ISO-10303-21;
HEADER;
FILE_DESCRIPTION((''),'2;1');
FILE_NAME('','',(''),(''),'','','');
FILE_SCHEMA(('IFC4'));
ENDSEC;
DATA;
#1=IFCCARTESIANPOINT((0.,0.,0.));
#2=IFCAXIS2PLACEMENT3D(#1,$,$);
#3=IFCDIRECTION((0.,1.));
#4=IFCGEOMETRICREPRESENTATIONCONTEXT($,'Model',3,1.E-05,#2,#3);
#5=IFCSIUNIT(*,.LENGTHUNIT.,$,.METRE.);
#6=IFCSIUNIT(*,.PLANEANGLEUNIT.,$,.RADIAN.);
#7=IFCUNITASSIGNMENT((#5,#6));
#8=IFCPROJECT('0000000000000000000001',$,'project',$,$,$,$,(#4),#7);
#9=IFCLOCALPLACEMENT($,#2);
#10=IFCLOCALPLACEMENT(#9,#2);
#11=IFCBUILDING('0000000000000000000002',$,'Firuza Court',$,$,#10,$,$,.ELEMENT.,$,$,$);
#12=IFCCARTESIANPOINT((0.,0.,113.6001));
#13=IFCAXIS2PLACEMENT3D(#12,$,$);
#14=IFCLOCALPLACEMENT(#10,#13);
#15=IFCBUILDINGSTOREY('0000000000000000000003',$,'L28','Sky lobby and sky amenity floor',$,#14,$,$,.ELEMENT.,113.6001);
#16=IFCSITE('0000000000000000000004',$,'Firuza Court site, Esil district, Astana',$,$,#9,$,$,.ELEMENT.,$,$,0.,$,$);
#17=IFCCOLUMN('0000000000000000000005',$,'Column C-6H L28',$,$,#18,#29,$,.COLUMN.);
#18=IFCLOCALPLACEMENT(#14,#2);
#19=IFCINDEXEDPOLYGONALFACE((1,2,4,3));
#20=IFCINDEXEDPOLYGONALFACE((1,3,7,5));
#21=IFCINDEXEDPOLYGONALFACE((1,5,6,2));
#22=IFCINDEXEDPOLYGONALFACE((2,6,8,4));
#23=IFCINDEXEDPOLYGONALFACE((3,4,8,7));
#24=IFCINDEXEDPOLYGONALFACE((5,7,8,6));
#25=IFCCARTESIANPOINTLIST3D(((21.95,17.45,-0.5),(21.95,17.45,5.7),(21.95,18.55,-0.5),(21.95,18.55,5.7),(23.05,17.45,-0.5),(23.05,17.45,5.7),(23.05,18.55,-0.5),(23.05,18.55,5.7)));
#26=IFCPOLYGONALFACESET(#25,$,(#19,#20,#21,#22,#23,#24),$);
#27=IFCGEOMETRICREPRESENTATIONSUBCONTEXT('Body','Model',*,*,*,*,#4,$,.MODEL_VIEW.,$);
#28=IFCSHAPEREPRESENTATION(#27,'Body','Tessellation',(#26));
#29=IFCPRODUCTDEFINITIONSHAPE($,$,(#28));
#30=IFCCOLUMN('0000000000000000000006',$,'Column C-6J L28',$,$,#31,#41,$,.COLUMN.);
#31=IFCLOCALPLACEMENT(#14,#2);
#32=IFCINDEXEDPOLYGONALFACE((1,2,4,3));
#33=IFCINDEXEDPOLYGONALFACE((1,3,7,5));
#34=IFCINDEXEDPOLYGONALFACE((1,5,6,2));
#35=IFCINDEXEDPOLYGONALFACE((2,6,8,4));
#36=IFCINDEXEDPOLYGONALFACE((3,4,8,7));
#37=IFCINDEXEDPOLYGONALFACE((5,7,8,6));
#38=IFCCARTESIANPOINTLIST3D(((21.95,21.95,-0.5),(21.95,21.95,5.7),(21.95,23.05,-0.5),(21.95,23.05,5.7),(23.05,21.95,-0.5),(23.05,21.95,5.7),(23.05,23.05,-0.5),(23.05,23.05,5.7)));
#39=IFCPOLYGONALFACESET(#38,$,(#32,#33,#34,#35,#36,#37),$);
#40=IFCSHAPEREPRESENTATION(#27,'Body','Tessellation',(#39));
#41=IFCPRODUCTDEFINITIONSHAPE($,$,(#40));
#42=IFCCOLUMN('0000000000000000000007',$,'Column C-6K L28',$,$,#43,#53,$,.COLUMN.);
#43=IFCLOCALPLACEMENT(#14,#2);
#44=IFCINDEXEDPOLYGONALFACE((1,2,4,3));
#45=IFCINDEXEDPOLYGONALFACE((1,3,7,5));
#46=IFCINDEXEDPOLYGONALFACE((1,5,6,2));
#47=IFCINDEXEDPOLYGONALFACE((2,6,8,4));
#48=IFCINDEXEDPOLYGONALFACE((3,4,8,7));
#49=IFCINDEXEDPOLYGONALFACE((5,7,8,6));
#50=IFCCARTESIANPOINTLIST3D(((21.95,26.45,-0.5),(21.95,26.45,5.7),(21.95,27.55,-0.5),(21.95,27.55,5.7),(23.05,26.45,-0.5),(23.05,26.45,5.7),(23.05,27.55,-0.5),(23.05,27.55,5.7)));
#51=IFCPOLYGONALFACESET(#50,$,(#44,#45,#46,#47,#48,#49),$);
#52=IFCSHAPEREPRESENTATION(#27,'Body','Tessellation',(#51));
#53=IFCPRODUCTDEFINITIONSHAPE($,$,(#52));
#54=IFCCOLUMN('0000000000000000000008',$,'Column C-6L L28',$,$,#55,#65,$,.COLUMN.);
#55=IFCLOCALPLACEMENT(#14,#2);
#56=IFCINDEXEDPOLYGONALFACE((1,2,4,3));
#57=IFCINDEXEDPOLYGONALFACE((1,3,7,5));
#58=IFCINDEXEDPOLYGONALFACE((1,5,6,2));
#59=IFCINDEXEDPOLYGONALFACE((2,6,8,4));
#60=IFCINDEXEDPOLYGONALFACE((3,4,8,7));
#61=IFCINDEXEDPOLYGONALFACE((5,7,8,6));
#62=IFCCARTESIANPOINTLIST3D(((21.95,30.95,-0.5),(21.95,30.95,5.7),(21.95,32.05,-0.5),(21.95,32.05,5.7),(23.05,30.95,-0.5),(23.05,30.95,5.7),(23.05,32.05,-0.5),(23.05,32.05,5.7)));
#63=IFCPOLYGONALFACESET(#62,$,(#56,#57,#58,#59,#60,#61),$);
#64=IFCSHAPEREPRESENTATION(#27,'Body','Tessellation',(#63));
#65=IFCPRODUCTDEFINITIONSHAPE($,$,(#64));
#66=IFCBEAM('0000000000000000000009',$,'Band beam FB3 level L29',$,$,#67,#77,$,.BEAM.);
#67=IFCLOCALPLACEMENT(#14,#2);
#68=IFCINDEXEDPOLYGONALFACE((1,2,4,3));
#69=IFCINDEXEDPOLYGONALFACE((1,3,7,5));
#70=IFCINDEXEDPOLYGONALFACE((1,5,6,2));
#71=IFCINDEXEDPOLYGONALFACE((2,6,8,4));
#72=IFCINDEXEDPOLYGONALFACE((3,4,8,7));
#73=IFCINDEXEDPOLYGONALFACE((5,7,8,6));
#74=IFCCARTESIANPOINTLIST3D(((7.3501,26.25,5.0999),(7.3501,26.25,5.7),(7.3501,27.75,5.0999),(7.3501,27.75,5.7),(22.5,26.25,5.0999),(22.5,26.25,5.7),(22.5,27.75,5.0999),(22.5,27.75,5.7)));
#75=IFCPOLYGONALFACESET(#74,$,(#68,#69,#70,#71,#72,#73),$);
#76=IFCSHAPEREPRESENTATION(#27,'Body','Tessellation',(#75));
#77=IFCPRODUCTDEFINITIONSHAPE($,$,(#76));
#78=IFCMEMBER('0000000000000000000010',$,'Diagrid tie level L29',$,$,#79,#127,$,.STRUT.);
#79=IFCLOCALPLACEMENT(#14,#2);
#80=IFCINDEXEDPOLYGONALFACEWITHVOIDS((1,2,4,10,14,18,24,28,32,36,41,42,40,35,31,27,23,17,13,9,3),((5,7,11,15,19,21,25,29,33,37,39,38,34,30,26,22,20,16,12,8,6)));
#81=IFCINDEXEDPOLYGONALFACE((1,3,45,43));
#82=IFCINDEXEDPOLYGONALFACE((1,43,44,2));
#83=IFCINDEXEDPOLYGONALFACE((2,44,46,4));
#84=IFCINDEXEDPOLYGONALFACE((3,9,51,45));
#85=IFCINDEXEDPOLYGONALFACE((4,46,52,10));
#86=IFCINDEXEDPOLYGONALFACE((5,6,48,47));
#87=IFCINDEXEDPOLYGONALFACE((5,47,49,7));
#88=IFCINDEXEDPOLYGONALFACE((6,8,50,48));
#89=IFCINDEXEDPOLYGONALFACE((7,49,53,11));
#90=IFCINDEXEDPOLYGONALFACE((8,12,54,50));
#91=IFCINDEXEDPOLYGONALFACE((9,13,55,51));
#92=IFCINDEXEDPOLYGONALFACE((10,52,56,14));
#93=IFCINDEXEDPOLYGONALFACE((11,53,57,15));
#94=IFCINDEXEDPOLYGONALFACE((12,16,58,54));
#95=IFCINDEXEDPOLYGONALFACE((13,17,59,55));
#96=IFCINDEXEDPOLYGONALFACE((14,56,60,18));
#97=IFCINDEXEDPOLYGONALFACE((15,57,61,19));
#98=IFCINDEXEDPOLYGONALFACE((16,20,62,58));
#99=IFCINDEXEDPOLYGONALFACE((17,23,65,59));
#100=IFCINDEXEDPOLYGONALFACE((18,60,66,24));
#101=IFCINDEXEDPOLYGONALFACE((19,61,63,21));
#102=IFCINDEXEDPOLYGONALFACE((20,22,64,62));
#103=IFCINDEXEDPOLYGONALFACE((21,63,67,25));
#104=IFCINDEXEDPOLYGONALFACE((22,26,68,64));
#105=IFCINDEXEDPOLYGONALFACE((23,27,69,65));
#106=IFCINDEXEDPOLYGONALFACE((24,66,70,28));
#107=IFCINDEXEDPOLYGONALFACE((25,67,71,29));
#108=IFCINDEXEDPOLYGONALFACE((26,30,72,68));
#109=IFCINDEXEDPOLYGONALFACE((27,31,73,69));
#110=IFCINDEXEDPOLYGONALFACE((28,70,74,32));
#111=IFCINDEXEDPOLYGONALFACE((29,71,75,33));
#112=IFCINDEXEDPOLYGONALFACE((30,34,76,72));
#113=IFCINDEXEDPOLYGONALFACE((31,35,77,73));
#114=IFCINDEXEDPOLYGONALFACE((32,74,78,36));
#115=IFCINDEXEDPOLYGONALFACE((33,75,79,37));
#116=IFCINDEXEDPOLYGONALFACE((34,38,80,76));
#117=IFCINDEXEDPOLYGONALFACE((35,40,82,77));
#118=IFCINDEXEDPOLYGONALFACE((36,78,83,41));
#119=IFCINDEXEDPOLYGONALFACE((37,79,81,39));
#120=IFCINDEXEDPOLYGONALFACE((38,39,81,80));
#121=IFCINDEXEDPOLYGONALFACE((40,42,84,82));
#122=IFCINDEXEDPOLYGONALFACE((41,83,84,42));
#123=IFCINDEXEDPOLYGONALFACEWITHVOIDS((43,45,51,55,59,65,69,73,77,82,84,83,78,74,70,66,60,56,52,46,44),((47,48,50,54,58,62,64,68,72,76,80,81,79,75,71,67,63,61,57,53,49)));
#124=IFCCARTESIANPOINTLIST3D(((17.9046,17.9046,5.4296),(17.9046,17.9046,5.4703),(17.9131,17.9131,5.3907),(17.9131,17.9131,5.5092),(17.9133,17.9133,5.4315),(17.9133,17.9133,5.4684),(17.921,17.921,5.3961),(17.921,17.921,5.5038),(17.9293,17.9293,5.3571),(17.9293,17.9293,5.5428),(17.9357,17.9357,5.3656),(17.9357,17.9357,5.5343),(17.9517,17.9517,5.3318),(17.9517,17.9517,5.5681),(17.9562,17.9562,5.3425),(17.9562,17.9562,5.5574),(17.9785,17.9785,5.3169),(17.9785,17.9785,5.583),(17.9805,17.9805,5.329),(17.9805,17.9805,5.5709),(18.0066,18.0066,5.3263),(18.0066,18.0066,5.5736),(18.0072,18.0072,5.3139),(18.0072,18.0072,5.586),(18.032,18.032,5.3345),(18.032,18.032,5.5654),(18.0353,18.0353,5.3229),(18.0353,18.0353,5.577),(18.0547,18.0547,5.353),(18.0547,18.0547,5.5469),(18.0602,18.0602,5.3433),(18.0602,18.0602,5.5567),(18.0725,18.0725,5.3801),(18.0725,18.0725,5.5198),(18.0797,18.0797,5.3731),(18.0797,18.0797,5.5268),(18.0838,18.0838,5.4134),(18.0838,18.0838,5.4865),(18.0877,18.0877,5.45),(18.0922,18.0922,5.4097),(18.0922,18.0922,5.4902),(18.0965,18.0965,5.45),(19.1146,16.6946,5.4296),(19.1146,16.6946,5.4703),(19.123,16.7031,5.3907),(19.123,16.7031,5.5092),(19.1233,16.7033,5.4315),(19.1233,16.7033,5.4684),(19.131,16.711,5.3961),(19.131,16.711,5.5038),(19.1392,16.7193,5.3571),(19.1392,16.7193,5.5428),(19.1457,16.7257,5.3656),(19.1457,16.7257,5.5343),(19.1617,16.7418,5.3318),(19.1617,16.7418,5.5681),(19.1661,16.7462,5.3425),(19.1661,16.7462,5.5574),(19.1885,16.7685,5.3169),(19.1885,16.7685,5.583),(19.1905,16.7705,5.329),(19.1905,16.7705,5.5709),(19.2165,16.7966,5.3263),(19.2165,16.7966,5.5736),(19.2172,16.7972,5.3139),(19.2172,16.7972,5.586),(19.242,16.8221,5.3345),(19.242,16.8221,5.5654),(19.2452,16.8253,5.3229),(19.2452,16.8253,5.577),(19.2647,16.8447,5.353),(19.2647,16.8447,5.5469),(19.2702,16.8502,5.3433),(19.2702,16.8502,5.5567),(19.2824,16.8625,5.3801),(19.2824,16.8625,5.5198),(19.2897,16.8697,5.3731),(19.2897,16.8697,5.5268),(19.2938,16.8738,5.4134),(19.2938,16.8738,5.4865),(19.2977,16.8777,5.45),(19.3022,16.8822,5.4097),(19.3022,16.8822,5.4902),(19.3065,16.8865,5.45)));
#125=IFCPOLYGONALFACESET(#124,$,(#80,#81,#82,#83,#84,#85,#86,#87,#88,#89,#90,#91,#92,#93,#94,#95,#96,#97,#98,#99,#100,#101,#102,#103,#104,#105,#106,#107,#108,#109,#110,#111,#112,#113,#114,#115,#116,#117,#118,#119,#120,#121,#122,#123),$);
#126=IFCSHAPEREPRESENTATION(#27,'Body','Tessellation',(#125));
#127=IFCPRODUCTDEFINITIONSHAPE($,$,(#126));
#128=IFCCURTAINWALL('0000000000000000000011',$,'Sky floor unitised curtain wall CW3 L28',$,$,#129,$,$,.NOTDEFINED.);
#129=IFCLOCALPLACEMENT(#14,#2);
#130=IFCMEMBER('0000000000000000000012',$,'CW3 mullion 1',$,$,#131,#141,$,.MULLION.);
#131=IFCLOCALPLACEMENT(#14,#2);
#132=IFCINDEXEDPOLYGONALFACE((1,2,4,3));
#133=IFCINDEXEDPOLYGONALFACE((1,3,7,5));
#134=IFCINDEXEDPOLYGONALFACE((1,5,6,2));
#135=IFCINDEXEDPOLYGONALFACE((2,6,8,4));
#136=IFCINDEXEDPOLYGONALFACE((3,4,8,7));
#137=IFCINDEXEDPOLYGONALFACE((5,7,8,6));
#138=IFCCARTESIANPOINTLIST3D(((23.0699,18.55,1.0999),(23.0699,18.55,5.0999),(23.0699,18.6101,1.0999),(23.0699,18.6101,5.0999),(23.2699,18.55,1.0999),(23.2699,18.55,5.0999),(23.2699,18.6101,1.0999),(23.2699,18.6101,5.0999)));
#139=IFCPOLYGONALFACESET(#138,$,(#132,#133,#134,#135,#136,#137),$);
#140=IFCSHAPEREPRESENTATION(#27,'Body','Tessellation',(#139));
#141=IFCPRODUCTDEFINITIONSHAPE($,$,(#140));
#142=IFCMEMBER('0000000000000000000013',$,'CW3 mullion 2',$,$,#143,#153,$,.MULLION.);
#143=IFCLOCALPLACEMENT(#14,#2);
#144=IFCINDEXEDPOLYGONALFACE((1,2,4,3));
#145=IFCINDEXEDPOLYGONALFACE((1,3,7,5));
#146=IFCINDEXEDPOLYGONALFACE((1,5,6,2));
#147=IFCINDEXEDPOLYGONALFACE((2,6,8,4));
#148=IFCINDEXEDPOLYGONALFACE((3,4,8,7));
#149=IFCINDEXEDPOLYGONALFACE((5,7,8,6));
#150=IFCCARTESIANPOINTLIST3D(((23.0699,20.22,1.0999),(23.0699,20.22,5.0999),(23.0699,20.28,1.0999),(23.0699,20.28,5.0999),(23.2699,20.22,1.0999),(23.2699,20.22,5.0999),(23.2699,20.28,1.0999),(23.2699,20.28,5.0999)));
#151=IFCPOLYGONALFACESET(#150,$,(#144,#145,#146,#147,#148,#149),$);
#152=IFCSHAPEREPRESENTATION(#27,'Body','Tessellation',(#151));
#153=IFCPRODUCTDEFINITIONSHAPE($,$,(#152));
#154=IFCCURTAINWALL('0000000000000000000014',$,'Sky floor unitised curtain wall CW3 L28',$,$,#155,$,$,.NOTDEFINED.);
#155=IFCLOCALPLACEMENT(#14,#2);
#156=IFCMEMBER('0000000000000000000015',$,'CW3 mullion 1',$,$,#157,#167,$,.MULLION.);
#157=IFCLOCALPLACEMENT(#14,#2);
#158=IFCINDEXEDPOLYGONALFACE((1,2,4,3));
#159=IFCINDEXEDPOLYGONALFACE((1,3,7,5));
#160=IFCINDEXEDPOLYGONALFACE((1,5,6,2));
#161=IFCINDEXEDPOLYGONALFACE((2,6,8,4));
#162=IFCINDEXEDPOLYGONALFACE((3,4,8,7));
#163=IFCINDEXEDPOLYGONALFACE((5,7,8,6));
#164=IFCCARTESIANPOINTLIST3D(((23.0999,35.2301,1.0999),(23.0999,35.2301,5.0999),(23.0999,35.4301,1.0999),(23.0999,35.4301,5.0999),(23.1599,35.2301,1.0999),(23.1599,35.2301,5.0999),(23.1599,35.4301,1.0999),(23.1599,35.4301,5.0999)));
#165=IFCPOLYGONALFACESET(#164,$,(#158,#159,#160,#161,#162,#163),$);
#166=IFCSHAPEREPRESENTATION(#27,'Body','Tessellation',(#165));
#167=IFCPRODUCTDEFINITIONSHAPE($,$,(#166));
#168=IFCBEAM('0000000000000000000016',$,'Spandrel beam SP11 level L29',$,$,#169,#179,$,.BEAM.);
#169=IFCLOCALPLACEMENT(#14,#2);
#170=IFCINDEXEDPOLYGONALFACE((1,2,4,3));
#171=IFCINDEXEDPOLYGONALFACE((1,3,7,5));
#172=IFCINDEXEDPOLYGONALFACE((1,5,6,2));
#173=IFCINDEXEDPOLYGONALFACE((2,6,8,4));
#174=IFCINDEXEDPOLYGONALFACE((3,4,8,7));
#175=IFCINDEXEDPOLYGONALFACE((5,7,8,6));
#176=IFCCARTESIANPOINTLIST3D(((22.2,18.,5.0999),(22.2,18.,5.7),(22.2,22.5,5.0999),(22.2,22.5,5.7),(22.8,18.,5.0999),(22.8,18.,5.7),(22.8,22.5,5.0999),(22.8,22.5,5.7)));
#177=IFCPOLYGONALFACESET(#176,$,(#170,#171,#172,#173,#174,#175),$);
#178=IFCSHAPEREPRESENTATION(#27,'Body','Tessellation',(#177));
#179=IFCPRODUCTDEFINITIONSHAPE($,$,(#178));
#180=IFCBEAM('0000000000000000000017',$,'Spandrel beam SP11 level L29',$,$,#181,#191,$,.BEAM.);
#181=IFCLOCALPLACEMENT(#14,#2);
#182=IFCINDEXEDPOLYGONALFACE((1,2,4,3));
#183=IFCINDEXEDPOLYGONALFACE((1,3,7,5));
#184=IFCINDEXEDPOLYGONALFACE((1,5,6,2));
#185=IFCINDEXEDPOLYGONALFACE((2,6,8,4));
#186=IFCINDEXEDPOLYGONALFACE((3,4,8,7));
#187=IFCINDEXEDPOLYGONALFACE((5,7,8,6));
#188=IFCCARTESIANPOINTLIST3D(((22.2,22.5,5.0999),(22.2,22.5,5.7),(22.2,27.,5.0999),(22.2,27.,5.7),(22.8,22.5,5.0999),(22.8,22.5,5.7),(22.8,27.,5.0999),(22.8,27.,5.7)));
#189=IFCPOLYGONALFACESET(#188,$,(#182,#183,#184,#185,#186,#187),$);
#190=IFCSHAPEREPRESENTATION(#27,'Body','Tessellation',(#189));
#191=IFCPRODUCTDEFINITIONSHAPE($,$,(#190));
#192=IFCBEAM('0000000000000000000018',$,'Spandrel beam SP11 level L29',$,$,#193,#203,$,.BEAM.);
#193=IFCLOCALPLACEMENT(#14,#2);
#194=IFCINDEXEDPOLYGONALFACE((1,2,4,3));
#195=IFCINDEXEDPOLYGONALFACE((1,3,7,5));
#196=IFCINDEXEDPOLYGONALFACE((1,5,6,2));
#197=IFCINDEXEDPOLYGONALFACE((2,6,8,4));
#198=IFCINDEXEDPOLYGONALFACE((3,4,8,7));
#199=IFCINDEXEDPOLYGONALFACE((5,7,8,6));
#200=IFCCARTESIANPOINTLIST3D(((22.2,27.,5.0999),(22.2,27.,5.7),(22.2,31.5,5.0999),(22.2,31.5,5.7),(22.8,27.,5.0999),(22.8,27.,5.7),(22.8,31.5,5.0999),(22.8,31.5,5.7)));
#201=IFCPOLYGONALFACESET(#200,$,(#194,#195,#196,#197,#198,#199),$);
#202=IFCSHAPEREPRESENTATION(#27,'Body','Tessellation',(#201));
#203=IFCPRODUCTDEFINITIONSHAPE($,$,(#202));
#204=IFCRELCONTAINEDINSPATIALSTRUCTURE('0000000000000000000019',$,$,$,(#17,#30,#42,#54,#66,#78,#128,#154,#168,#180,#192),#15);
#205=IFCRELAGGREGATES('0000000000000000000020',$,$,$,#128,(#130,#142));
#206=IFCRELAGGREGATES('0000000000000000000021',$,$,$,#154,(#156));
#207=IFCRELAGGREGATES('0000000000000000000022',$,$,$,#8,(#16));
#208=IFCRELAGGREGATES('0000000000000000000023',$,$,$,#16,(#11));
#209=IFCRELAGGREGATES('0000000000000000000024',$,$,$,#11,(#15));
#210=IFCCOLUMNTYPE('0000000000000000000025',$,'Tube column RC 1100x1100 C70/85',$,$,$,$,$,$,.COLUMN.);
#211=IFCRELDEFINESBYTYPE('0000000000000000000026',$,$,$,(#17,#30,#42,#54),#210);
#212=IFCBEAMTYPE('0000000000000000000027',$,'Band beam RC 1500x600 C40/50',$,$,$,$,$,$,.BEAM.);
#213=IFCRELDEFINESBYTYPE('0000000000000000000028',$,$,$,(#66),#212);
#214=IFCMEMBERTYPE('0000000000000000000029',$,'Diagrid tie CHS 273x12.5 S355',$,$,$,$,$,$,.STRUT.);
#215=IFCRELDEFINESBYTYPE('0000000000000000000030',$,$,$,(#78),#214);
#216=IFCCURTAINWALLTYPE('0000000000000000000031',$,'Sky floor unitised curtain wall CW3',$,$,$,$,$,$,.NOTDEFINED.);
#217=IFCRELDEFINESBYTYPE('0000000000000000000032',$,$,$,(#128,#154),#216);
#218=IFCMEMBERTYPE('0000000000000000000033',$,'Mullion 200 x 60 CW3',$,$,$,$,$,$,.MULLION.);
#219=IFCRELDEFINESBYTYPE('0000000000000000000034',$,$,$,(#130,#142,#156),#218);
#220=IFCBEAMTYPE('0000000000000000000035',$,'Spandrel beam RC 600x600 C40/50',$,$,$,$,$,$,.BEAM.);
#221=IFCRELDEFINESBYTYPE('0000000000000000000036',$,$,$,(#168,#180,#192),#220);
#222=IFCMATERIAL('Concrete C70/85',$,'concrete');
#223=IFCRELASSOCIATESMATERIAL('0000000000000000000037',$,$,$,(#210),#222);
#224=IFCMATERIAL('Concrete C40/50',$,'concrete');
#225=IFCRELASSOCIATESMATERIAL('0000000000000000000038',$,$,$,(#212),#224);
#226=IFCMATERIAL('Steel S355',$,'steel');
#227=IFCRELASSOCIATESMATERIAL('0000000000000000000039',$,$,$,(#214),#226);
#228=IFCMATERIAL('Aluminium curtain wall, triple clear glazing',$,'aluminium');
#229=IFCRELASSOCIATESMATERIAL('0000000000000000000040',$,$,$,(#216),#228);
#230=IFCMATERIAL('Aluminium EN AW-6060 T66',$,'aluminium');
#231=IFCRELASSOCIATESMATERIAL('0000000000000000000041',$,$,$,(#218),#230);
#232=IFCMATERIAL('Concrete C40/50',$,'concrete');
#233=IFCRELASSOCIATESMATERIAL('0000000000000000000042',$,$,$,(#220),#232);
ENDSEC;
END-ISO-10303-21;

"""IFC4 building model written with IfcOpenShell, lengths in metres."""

from ifc_helpers import new_model, si_unit, direction, frame, origin, origin_2d, place, context, subcontext, project, spatial, rectangle, hollow_circle, extrude, material, material_profile, profile_set, type_object, element, aggregate, save


model = new_model("IFC4")

# Units and contexts
model_context = context("Model", 3, precision=1e-05, world=origin(), true_north=direction((0.0, 1.0)))
body_context = subcontext(model_context, "Body", "Model", "MODEL_VIEW")
ifc_project = project(units=[si_unit("LENGTHUNIT", "METRE"), si_unit("PLANEANGLEUNIT", "RADIAN")], contexts=[model_context])

# Site, building, storey
site_placement = place(None, origin())
site = spatial("IfcSite", under=ifc_project, at=site_placement, Name="Firuza Court site, Esil district, Astana", CompositionType="ELEMENT", RefElevation=0.0)
building_placement = place(site_placement, origin())
building = spatial("IfcBuilding", under=site, at=building_placement, Name="Firuza Court", CompositionType="ELEMENT")
storey_placement = place(building_placement, frame((0.0, 0.0, 113.6001)))
storey = spatial("IfcBuildingStorey", under=building, at=storey_placement, Name="L28", Description="Sky lobby and sky amenity floor", CompositionType="ELEMENT", Elevation=113.6001)

# Columns
ifc_material_1 = material(Name="Concrete C70/85", Category="concrete")
ifc_material_profile_1 = material_profile(ifc_material_1, rectangle(XDim=1.1001, YDim=1.1001, at=origin_2d()), Name="RC 1100x1100")
ifc_profile_set_1 = profile_set([ifc_material_profile_1], Name="Concrete C70/85")
column_type = type_object("IfcColumnType", Name="Tube column RC 1100x1100 C70/85", PredefinedType="COLUMN", material=ifc_profile_set_1)
for number, where, z_axis, x_axis, name in (
    (1, (22.5, 18.0, -0.5), (0.0, 0.0, 1.0), (1.0, 0.0, 0.0), "Column C-6H L28"),
    (2, (22.5, 22.5, -0.5), (0.0, 0.0, 1.0), (1.0, 0.0, 0.0), "Column C-6J L28"),
    (3, (22.5, 27.0, -0.5), (0.0, 0.0, 1.0), (1.0, 0.0, 0.0), "Column C-6K L28"),
    (4, (22.5, 31.5, -0.5), (0.0, 0.0, 1.0), (1.0, 0.0, 0.0), "Column C-6L L28"),
):
    element("IfcColumn", number, at=place(storey_placement, frame(where, z_axis=z_axis, x_axis=x_axis)), inside=storey, type_object=column_type, Name=name, PredefinedType="COLUMN", context=body_context, shape_type="SweptSolid", body=[
        extrude(rectangle(XDim=1.1001, YDim=1.1001, at=origin_2d()), origin(), (0.0, 0.0, 1.0), 6.2),
    ])

# Beam
ifc_material_2 = material(Name="Concrete C40/50", Category="concrete")
ifc_material_profile_2 = material_profile(ifc_material_2, rectangle(XDim=1.5, YDim=0.6001, at=origin_2d()), Name="RC 1500x600")
ifc_profile_set_2 = profile_set([ifc_material_profile_2], Name="Concrete C40/50")
beam_type_1 = type_object("IfcBeamType", Name="Band beam RC 1500x600 C40/50", PredefinedType="BEAM", material=ifc_profile_set_2)
beam_placement = place(storey_placement, frame((22.5, 27.0, 5.3999), z_axis=(-1.0, 0.0, 0.0), x_axis=(0.0, -1.0, 0.0)))
element("IfcBeam", 5, at=beam_placement, inside=storey, type_object=beam_type_1, Name="Band beam FB3 level L29", PredefinedType="BEAM", context=body_context, shape_type="SweptSolid", body=[
    extrude(rectangle(XDim=1.5, YDim=0.6001, at=origin_2d()), origin(), (0.0, 0.0, 1.0), 15.1499),
])

# Member
ifc_material_3 = material(Name="Steel S355", Category="steel")
ifc_material_profile_3 = material_profile(ifc_material_3, hollow_circle(Radius=0.1365, WallThickness=0.0125, at=origin_2d()), Name="CHS 273x12.5")
ifc_profile_set_3 = profile_set([ifc_material_profile_3], Name="Steel S355")
member_type_1 = type_object("IfcMemberType", Name="Diagrid tie CHS 273x12.5 S355", PredefinedType="STRUT", material=ifc_profile_set_3)
member_1_placement = place(storey_placement, frame((18.0, 18.0, 5.45), z_axis=(0.707107, -0.707107, 0.0), x_axis=(0.707107, 0.707107, 0.0)))
element("IfcMember", 6, at=member_1_placement, inside=storey, type_object=member_type_1, Name="Diagrid tie level L29", PredefinedType="STRUT", context=body_context, shape_type="SweptSolid", body=[
    extrude(hollow_circle(Radius=0.1365, WallThickness=0.0125, at=origin_2d()), origin(), (0.0, 0.0, 1.0), 1.7112),
])

# Curtain wall, members
ifc_material_4 = material(Name="Aluminium curtain wall, triple clear glazing", Category="aluminium")
curtain_wall_type = type_object("IfcCurtainWallType", Name="Sky floor unitised curtain wall CW3", PredefinedType="NOTDEFINED", material=ifc_material_4)
curtain_wall_1_placement = place(storey_placement, origin())
curtain_wall_1 = element("IfcCurtainWall", 7, at=curtain_wall_1_placement, inside=storey, type_object=curtain_wall_type, Name="Sky floor unitised curtain wall CW3 L28", PredefinedType="NOTDEFINED")
ifc_material_5 = material(Name="Aluminium EN AW-6060 T66", Category="aluminium")
ifc_material_profile_4 = material_profile(ifc_material_5, rectangle(XDim=0.2, YDim=0.0601, at=origin_2d()), Name="Mullion 200 x 60 CW3")
ifc_profile_set_4 = profile_set([ifc_material_profile_4], Name="Aluminium EN AW-6060 T66")
member_type_2 = type_object("IfcMemberType", Name="Mullion 200 x 60 CW3", PredefinedType="MULLION", material=ifc_profile_set_4)
member_2_placement = place(storey_placement, frame((23.1699, 18.5801, 1.0999), z_axis=(0.0, 0.0, 1.0), x_axis=(-1.0, 0.0, 0.0)))
member_2 = element("IfcMember", 8, at=member_2_placement, type_object=member_type_2, Name="CW3 mullion 1", PredefinedType="MULLION", context=body_context, shape_type="SweptSolid", body=[
    extrude(rectangle(XDim=0.2, YDim=0.0601, at=origin_2d()), origin(), (0.0, 0.0, 1.0), 4.0),
])
member_3_placement = place(storey_placement, frame((23.1699, 20.25, 1.0999), z_axis=(0.0, 0.0, 1.0), x_axis=(-1.0, 0.0, 0.0)))
member_3 = element("IfcMember", 9, at=member_3_placement, type_object=member_type_2, Name="CW3 mullion 2", PredefinedType="MULLION", context=body_context, shape_type="SweptSolid", body=[
    extrude(rectangle(XDim=0.2, YDim=0.0601, at=origin_2d()), origin(), (0.0, 0.0, 1.0), 4.0),
])
aggregate(curtain_wall_1, [member_2, member_3])

# Curtain wall, member
curtain_wall_2_placement = place(storey_placement, origin())
curtain_wall_2 = element("IfcCurtainWall", 10, at=curtain_wall_2_placement, inside=storey, type_object=curtain_wall_type, Name="Sky floor unitised curtain wall CW3 L28", PredefinedType="NOTDEFINED")
member_4_placement = place(storey_placement, frame((23.1299, 35.3301, 1.0999), z_axis=(0.0, 0.0, 1.0), x_axis=(0.0, 1.0, 0.0)))
member_4 = element("IfcMember", 11, at=member_4_placement, type_object=member_type_2, Name="CW3 mullion 1", PredefinedType="MULLION", context=body_context, shape_type="SweptSolid", body=[
    extrude(rectangle(XDim=0.2, YDim=0.0601, at=origin_2d()), origin(), (0.0, 0.0, 1.0), 4.0),
])

# Beams
ifc_material_6 = material(Name="Concrete C40/50", Category="concrete")
ifc_material_profile_5 = material_profile(ifc_material_6, rectangle(XDim=0.6001, YDim=0.6001, at=origin_2d()), Name="RC 600x600")
ifc_profile_set_5 = profile_set([ifc_material_profile_5], Name="Concrete C40/50")
beam_type_2 = type_object("IfcBeamType", Name="Spandrel beam RC 600x600 C40/50", PredefinedType="BEAM", material=ifc_profile_set_5)
for number, where, z_axis, x_axis, name in (
    (12, (22.5, 18.0, 5.3999), (0.0, 1.0, 0.0), (-1.0, 0.0, 0.0), "Spandrel beam SP11 level L29"),
    (13, (22.5, 22.5, 5.3999), (0.0, 1.0, 0.0), (-1.0, 0.0, 0.0), "Spandrel beam SP11 level L29"),
    (14, (22.5, 27.0, 5.3999), (0.0, 1.0, 0.0), (-1.0, 0.0, 0.0), "Spandrel beam SP11 level L29"),
):
    element("IfcBeam", number, at=place(storey_placement, frame(where, z_axis=z_axis, x_axis=x_axis)), inside=storey, type_object=beam_type_2, Name=name, PredefinedType="BEAM", context=body_context, shape_type="SweptSolid", body=[
        extrude(rectangle(XDim=0.6001, YDim=0.6001, at=origin_2d()), origin(), (0.0, 0.0, 1.0), 4.5),
    ])

aggregate(curtain_wall_2, [member_4])

save(model, "model.ifc")
